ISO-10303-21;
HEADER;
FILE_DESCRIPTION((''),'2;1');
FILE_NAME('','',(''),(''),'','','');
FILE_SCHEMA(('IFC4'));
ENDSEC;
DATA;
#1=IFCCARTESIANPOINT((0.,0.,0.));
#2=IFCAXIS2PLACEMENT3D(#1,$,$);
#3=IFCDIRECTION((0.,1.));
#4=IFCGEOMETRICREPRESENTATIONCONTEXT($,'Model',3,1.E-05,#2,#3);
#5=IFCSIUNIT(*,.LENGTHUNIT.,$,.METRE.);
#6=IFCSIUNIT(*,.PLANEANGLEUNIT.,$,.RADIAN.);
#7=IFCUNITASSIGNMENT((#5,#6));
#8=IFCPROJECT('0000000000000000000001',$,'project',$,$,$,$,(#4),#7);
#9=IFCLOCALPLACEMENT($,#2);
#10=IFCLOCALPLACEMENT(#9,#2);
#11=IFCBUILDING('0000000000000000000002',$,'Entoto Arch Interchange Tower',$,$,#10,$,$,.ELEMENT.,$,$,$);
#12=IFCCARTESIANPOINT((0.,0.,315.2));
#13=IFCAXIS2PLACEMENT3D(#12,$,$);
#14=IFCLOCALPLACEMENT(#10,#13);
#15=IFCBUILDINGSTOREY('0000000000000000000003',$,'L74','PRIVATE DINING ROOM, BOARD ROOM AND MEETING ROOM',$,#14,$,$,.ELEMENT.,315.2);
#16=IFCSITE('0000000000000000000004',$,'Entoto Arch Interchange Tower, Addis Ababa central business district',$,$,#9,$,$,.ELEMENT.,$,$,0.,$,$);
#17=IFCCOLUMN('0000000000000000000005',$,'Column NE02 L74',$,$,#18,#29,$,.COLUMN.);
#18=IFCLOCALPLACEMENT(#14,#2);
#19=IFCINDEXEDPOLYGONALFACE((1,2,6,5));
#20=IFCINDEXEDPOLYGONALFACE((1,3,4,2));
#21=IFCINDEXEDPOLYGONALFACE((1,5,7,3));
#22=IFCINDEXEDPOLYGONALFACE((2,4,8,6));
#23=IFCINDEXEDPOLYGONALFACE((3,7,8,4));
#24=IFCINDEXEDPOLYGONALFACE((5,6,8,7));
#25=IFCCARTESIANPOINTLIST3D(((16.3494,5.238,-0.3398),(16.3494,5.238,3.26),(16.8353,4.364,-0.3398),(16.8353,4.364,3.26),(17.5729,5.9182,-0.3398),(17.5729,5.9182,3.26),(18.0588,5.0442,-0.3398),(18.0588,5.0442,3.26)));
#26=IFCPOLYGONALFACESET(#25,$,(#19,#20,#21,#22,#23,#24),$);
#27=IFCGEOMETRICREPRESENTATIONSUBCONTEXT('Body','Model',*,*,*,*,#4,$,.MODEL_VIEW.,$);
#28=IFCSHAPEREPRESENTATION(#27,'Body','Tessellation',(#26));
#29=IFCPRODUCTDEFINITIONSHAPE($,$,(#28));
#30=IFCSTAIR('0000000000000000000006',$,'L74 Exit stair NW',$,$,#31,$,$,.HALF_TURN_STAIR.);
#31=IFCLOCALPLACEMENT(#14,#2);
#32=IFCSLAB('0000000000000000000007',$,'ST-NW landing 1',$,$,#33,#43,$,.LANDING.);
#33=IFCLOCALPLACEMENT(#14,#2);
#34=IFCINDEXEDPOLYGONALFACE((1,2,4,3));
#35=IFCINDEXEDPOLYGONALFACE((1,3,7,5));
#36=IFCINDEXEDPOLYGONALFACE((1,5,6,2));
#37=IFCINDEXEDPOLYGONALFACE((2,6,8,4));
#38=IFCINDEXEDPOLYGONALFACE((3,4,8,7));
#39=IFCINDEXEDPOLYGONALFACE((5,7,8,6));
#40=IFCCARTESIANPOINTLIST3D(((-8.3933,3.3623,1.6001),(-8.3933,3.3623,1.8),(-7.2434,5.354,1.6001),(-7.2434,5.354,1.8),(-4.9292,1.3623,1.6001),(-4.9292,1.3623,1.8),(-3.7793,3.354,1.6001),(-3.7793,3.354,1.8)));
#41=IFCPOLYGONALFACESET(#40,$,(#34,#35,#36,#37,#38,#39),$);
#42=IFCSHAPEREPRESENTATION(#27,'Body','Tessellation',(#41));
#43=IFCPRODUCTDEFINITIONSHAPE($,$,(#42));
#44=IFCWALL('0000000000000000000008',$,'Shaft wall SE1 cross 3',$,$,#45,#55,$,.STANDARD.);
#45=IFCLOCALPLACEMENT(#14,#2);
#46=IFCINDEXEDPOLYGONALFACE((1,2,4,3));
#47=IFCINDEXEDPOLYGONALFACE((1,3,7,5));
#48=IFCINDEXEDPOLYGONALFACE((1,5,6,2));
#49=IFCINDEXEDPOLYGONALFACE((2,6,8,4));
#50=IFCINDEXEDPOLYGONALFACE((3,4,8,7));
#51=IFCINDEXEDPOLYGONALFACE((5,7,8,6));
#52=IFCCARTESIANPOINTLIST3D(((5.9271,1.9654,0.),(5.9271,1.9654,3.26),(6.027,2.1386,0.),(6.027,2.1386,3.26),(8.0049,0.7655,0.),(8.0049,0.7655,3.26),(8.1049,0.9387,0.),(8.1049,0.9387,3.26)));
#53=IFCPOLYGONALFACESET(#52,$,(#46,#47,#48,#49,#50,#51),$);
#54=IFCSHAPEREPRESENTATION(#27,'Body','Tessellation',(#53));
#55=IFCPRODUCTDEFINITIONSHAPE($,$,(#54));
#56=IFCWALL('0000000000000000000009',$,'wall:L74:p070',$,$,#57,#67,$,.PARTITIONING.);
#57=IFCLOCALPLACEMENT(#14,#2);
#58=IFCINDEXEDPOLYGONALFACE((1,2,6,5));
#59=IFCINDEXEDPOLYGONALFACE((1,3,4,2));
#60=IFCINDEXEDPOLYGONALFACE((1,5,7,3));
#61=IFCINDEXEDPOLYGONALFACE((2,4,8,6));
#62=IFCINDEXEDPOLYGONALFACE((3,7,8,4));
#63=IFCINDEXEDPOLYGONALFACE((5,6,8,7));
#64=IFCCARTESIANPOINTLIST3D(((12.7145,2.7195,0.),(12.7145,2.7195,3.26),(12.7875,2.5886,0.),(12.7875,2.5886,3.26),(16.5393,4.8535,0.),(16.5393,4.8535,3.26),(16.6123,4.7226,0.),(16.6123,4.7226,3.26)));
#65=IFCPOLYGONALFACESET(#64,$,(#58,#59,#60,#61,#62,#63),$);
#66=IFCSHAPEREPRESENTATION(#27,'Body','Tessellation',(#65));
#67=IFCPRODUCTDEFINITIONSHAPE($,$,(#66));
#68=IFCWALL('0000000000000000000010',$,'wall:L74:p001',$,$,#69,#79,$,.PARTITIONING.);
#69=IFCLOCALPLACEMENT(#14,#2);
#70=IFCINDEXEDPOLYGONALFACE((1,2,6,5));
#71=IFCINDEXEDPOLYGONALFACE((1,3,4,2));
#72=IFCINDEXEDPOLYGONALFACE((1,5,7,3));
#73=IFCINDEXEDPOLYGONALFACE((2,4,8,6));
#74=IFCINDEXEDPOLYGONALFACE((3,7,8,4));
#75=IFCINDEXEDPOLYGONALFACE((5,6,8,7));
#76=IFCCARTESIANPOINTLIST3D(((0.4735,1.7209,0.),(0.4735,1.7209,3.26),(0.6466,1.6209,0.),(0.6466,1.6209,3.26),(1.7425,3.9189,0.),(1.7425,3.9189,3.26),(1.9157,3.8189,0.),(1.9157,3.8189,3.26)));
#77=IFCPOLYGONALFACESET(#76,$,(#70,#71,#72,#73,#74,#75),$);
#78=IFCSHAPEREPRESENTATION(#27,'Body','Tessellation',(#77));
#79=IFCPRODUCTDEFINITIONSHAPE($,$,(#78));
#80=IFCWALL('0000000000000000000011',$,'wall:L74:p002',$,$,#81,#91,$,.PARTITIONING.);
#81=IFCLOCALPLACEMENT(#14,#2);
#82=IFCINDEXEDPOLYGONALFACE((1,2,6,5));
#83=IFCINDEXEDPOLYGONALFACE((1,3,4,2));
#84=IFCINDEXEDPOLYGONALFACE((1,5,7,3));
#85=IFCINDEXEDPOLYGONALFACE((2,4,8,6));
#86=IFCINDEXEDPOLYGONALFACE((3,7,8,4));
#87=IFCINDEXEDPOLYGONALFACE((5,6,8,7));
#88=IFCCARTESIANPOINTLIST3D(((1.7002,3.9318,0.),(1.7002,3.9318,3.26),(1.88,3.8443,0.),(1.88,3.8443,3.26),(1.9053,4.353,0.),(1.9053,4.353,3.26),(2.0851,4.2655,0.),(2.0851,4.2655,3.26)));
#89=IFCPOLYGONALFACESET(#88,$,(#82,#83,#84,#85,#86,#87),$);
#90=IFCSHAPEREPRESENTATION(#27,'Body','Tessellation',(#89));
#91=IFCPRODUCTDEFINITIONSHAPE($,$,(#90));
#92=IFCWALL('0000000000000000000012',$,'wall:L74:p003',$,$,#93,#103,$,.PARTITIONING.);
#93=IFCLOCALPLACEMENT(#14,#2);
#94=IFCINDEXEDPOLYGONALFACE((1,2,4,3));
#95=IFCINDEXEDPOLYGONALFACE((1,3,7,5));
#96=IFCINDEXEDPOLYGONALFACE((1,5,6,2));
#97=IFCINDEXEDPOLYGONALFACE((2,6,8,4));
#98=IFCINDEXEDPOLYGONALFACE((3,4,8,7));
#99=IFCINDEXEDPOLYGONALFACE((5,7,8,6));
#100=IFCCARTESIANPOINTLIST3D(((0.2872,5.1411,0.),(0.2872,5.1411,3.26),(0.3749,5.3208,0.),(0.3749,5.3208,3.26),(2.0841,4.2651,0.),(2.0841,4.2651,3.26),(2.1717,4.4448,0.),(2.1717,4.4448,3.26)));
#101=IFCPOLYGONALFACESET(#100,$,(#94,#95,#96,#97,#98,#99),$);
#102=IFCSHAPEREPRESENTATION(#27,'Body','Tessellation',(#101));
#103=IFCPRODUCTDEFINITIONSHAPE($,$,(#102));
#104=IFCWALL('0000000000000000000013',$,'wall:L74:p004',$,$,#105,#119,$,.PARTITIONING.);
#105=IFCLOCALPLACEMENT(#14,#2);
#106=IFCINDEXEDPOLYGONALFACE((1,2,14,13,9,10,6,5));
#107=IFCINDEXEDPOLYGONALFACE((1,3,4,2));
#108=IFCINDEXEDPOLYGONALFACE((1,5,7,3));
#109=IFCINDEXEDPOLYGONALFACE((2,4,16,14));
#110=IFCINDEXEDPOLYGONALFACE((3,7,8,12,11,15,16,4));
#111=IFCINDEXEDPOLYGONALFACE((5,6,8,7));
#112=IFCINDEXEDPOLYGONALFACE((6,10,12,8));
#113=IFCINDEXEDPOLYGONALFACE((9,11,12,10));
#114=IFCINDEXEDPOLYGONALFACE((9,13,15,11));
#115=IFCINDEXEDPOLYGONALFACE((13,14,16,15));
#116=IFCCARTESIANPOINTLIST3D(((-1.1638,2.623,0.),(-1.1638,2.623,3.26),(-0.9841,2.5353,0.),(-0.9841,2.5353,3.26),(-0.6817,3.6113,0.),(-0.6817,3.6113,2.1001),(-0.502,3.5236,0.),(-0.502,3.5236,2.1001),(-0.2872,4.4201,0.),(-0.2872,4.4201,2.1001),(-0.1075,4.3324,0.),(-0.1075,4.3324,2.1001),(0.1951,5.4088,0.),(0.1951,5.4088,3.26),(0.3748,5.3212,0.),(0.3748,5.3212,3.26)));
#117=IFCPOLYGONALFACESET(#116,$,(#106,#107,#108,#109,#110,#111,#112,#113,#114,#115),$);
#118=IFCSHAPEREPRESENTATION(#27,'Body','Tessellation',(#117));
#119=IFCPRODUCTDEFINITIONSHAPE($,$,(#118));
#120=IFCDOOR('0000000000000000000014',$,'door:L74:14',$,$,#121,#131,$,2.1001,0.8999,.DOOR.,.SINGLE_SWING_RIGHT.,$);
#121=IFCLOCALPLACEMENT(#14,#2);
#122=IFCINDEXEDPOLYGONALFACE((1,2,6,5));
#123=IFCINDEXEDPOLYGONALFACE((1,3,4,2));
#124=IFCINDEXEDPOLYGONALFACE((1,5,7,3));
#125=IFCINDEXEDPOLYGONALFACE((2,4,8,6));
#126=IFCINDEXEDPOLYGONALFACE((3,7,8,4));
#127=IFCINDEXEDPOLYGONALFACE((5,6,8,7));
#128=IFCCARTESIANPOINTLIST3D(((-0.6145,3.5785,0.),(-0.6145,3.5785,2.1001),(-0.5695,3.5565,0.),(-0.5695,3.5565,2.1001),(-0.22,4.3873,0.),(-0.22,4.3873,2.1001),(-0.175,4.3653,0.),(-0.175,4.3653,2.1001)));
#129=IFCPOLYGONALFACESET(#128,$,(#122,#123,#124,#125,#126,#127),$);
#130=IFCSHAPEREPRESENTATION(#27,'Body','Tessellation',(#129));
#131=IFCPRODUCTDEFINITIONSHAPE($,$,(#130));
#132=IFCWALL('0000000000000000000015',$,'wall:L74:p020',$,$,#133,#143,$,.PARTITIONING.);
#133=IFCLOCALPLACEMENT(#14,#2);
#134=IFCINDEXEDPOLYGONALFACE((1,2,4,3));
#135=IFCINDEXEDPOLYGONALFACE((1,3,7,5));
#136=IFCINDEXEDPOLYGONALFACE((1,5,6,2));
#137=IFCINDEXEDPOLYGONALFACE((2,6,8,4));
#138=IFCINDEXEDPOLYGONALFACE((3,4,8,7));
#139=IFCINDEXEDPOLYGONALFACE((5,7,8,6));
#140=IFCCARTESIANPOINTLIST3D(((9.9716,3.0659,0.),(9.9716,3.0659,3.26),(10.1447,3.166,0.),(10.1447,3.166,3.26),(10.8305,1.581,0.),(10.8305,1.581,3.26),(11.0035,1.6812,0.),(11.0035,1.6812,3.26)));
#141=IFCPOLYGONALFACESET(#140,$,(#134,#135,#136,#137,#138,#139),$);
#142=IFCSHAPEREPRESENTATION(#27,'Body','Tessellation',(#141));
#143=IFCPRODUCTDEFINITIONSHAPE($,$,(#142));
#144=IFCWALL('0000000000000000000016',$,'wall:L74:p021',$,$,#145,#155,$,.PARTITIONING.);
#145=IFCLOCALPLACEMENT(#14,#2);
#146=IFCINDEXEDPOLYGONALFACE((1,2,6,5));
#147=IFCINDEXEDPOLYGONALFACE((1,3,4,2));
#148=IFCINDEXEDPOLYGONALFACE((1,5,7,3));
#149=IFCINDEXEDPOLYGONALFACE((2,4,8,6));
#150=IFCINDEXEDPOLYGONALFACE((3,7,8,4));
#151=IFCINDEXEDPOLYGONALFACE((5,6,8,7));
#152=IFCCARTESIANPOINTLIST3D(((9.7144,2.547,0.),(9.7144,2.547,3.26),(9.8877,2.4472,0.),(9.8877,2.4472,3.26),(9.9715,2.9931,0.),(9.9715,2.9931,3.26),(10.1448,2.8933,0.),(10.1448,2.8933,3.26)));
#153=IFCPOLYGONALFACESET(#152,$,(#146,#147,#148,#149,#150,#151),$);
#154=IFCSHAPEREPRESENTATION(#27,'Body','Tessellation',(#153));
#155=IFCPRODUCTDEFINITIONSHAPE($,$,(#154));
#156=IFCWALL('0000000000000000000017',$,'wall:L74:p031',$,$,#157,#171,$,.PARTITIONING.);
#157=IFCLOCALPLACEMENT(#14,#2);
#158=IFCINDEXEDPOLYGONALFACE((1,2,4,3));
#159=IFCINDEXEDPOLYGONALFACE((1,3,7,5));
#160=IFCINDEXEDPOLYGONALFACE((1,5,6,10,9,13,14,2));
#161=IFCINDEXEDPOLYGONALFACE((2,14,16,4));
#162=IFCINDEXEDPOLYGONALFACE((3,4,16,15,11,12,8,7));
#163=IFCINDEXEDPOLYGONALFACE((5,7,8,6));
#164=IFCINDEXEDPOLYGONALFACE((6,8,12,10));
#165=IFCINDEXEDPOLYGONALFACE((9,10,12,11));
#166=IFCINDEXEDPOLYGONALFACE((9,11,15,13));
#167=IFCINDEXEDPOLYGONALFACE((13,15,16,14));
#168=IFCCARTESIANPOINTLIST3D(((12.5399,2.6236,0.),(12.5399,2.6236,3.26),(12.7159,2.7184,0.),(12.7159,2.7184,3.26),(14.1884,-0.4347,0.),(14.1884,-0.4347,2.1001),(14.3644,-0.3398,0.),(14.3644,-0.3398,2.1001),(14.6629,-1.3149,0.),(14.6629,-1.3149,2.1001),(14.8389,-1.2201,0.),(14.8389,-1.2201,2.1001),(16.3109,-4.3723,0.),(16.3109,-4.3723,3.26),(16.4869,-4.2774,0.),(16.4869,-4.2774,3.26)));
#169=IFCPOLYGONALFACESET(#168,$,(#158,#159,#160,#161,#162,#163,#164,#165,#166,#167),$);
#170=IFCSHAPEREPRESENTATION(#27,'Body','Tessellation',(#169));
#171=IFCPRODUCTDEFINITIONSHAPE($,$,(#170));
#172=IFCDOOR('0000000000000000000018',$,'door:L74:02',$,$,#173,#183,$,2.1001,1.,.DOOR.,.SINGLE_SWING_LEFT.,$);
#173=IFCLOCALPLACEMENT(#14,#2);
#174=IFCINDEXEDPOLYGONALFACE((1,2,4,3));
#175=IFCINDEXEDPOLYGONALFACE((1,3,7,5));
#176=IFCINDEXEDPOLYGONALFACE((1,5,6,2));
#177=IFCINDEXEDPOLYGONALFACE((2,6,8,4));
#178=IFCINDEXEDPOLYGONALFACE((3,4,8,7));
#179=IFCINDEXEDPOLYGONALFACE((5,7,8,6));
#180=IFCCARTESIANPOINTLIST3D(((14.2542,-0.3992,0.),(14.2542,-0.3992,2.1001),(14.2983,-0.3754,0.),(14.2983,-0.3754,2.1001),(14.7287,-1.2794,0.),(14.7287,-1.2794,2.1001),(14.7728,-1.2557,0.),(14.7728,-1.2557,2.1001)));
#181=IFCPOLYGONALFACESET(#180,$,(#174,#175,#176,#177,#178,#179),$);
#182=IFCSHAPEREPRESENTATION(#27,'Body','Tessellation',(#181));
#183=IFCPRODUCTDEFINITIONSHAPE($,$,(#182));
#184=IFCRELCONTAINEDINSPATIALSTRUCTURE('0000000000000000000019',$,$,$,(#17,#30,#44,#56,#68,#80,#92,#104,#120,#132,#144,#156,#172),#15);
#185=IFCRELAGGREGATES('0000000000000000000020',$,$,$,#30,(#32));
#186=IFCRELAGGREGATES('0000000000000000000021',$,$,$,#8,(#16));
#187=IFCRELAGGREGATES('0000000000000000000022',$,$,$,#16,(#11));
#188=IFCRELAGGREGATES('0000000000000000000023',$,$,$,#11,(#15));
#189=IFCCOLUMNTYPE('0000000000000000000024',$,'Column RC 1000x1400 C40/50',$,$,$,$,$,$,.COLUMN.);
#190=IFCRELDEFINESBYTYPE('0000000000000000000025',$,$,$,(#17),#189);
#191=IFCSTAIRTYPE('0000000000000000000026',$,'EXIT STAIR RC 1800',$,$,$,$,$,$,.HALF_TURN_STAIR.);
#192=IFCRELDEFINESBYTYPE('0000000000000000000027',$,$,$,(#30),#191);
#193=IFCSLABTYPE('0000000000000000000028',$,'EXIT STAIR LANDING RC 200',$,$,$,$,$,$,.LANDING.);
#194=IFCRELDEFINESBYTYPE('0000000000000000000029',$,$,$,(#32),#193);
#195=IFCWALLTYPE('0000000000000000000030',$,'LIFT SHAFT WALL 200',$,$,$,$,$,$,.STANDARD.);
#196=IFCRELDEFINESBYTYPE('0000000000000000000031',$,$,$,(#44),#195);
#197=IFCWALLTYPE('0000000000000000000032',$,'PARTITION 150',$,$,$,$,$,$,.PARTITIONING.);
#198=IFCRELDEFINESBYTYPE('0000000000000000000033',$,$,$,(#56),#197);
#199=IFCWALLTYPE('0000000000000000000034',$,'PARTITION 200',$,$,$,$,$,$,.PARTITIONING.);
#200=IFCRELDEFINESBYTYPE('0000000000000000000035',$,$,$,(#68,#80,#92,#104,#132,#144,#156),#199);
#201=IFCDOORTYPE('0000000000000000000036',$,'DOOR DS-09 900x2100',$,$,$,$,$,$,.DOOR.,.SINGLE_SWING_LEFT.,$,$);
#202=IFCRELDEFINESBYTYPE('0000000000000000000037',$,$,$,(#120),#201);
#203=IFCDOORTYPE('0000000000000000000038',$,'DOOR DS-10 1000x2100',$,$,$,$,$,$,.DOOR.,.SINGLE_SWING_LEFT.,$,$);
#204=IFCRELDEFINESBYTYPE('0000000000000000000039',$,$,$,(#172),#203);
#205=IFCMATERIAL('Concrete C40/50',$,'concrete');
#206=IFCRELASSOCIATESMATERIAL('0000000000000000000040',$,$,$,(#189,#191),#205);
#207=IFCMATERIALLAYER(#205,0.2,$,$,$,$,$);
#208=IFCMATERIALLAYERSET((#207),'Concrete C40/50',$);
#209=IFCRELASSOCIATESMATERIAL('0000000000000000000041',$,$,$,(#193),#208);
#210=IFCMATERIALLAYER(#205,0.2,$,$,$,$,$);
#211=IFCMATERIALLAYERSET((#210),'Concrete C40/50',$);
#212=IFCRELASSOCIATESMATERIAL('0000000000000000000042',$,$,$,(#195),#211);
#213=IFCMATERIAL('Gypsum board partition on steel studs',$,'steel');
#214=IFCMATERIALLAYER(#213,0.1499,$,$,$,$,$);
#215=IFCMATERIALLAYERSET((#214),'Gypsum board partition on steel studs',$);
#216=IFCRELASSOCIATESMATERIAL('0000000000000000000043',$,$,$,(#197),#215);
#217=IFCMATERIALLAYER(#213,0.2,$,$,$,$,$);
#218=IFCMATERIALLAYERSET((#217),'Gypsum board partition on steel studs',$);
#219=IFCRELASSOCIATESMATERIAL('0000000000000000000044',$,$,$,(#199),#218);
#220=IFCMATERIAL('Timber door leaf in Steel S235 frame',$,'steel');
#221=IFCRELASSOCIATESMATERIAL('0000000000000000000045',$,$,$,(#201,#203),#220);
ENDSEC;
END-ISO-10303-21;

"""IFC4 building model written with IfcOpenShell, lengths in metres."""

from ifc_helpers import new_model, si_unit, direction, frame, frame_2d, origin, origin_2d, place, context, subcontext, project, spatial, polyline, rectangle, outline, extrude, material, layer, layer_set, material_profile, profile_set, type_object, element, fill, aggregate, save


model = new_model("IFC4")

# Units and contexts
model_context = context("Model", 3, precision=1e-05, world=origin(), true_north=direction((0.0, 1.0)))
body_context = subcontext(model_context, "Body", "Model", "MODEL_VIEW")
ifc_project = project(units=[si_unit("LENGTHUNIT", "METRE"), si_unit("PLANEANGLEUNIT", "RADIAN")], contexts=[model_context])

# Site, building, storey
site_placement = place(None, origin())
site = spatial("IfcSite", under=ifc_project, at=site_placement, Name="Entoto Arch Interchange Tower, Addis Ababa central business district", CompositionType="ELEMENT", RefElevation=0.0)
building_placement = place(site_placement, origin())
building = spatial("IfcBuilding", under=site, at=building_placement, Name="Entoto Arch Interchange Tower", CompositionType="ELEMENT")
storey_placement = place(building_placement, frame((0.0, 0.0, 315.2)))
storey = spatial("IfcBuildingStorey", under=building, at=storey_placement, Name="L74", Description="PRIVATE DINING ROOM, BOARD ROOM AND MEETING ROOM", CompositionType="ELEMENT", Elevation=315.2)

# Column
ifc_material_1 = material(Name="Concrete C40/50", Category="concrete")
ifc_material_profile = material_profile(ifc_material_1, rectangle(XDim=1.0, YDim=1.3999, at=origin_2d()))
ifc_profile_set = profile_set([ifc_material_profile], Name="Concrete C40/50")
column_type = type_object("IfcColumnType", Name="Column RC 1000x1400 C40/50", PredefinedType="COLUMN", material=ifc_profile_set)
column_placement = place(storey_placement, frame((17.2041, 5.1411, -0.3398), z_axis=(0.0, 0.0, 1.0), x_axis=(-0.485924, 0.874001, 0.0)))
element("IfcColumn", 1, at=column_placement, inside=storey, type_object=column_type, Name="Column NE02 L74", PredefinedType="COLUMN", context=body_context, shape_type="SweptSolid", body=[
    extrude(rectangle(XDim=1.0, YDim=1.3999, at=origin_2d()), origin(), (0.0, 0.0, 1.0), 3.5999),
])

# Stair, slab
stair_type = type_object("IfcStairType", Name="EXIT STAIR RC 1800", PredefinedType="HALF_TURN_STAIR", material=ifc_material_1)
stair_1_placement = place(storey_placement, origin())
stair_1 = element("IfcStair", 2, at=stair_1_placement, inside=storey, type_object=stair_type, Name="L74 Exit stair NW", PredefinedType="HALF_TURN_STAIR")
ifc_layer_1 = layer(ifc_material_1, 0.2)
ifc_layer_set_1 = layer_set([ifc_layer_1], Name="Concrete C40/50")
slab_type = type_object("IfcSlabType", Name="EXIT STAIR LANDING RC 200", PredefinedType="LANDING", material=ifc_layer_set_1)
slab_placement = place(storey_placement, frame((0.0, 0.0, 1.6001)))
slab = element("IfcSlab", 3, at=slab_placement, type_object=slab_type, Name="ST-NW landing 1", PredefinedType="LANDING", context=body_context, shape_type="SweptSolid", body=[
    extrude(outline(polyline([(-7.2434, 5.354), (-8.3933, 3.3623), (-4.9292, 1.3623), (-3.7793, 3.354), (-7.2434, 5.354)])), origin(), (0.0, 0.0, 1.0), 0.2),
])
aggregate(stair_1, [slab])

# Walls
ifc_layer_2 = layer(ifc_material_1, 0.2)
ifc_layer_set_2 = layer_set([ifc_layer_2], Name="Concrete C40/50")
wall_type_1 = type_object("IfcWallType", Name="LIFT SHAFT WALL 200", PredefinedType="STANDARD", material=ifc_layer_set_2)
wall_1_placement = place(storey_placement, frame((5.9771, 2.052, 0.0), z_axis=(0.0, 0.0, 1.0), x_axis=(0.865974, -0.500089, 0.0)))
element("IfcWall", 4, at=wall_1_placement, inside=storey, type_object=wall_type_1, Name="Shaft wall SE1 cross 3", PredefinedType="STANDARD", context=body_context, shape_type="SweptSolid", body=[
    extrude(rectangle(XDim=2.3994, YDim=0.2, at=frame_2d((1.1997, 0.0))), origin(), (0.0, 0.0, 1.0), 3.26),
])
ifc_material_2 = material(Name="Gypsum board partition on steel studs", Category="steel")
ifc_layer_3 = layer(ifc_material_2, 0.1499)
ifc_layer_set_3 = layer_set([ifc_layer_3], Name="Gypsum board partition on steel studs")
wall_type_2 = type_object("IfcWallType", Name="PARTITION 150", PredefinedType="PARTITIONING", material=ifc_layer_set_3)
wall_2_placement = place(storey_placement, frame((12.751, 2.6541, 0.0), z_axis=(0.0, 0.0, 1.0), x_axis=(0.873278, 0.487223, 0.0)))
element("IfcWall", 5, at=wall_2_placement, inside=storey, type_object=wall_type_2, Name="wall:L74:p070", PredefinedType="PARTITIONING", context=body_context, shape_type="SweptSolid", body=[
    extrude(rectangle(XDim=4.3799, YDim=0.1499, at=frame_2d((2.1899, 0.0))), origin(), (0.0, 0.0, 1.0), 3.26),
])
ifc_layer_4 = layer(ifc_material_2, 0.2)
ifc_layer_set_4 = layer_set([ifc_layer_4], Name="Gypsum board partition on steel studs")
wall_type_3 = type_object("IfcWallType", Name="PARTITION 200", PredefinedType="PARTITIONING", material=ifc_layer_set_4)
wall_3_placement = place(storey_placement, frame((0.5601, 1.6709, 0.0), z_axis=(0.0, 0.0, 1.0), x_axis=(0.500008, 0.866021, 0.0)))
element("IfcWall", 6, at=wall_3_placement, inside=storey, type_object=wall_type_3, Name="wall:L74:p001", PredefinedType="PARTITIONING", context=body_context, shape_type="SweptSolid", body=[
    extrude(rectangle(XDim=2.5381, YDim=0.2, at=frame_2d((1.269, 0.0))), origin(), (0.0, 0.0, 1.0), 3.26),
])
wall_4_placement = place(storey_placement, frame((1.79, 3.8879, 0.0), z_axis=(0.0, 0.0, 1.0), x_axis=(0.437807, 0.899069, 0.0)))
element("IfcWall", 7, at=wall_4_placement, inside=storey, type_object=wall_type_3, Name="wall:L74:p002", PredefinedType="PARTITIONING", context=body_context, shape_type="SweptSolid", body=[
    extrude(rectangle(XDim=0.4685, YDim=0.2, at=frame_2d((0.2344, 0.0))), origin(), (0.0, 0.0, 1.0), 3.26),
])
wall_5_placement = place(storey_placement, frame((2.1279, 4.355, 0.0), z_axis=(0.0, 0.0, 1.0), x_axis=(-0.898876, 0.438202, 0.0)))
element("IfcWall", 8, at=wall_5_placement, inside=storey, type_object=wall_type_3, Name="wall:L74:p003", PredefinedType="PARTITIONING", context=body_context, shape_type="SweptSolid", body=[
    extrude(rectangle(XDim=1.999, YDim=0.2, at=frame_2d((0.9995, 0.0))), origin(), (0.0, 0.0, 1.0), 3.26),
])

# Wall, opening, door
wall_6_placement = place(storey_placement, frame((0.2849, 5.365, 0.0), z_axis=(0.0, 0.0, 1.0), x_axis=(-0.438402, -0.898779, 0.0)))
wall_6 = element("IfcWall", 9, at=wall_6_placement, inside=storey, type_object=wall_type_3, Name="wall:L74:p004", PredefinedType="PARTITIONING", context=body_context, shape_type="SweptSolid", body=[
    extrude(rectangle(XDim=3.0996, YDim=0.2, at=frame_2d((1.5498, 0.0))), origin(), (0.0, 0.0, 1.0), 3.26),
])
opening_1_placement = place(wall_6_placement, frame((1.1001, 0.0, 0.0)))
opening_1 = element("IfcOpeningElement", 10, at=opening_1_placement, cuts=wall_6, PredefinedType="OPENING", context=body_context, shape_type="SweptSolid", body=[
    extrude(rectangle(XDim=0.8999, YDim=2.1001, at=frame_2d((0.45, 1.05))), frame((0.0, 0.1099, 0.0), z_axis=(0.0, -1.0, 0.0), x_axis=(1.0, 0.0, 0.0)), (0.0, 0.0, 1.0), 0.22),
])
ifc_material_3 = material(Name="Timber door leaf in Steel S235 frame", Category="steel")
door_type_1 = type_object("IfcDoorType", Name="DOOR DS-09 900x2100", OperationType="SINGLE_SWING_LEFT", PredefinedType="DOOR", material=ifc_material_3)
door_1_placement = place(opening_1_placement, origin())
door_1 = element("IfcDoor", 11, at=door_1_placement, inside=storey, type_object=door_type_1, Name="door:L74:14", OperationType="SINGLE_SWING_RIGHT", OverallHeight=2.1001, OverallWidth=0.8999, PredefinedType="DOOR", context=body_context, shape_type="SweptSolid", body=[
    extrude(rectangle(XDim=0.8999, YDim=2.1001, at=frame_2d((0.45, 1.05))), frame((0.0, 0.0249, 0.0), z_axis=(0.0, -1.0, 0.0), x_axis=(1.0, 0.0, 0.0)), (0.0, 0.0, 1.0), 0.05),
])
fill(opening_1, door_1)

# Walls
wall_7_placement = place(storey_placement, frame((10.917, 1.6311, 0.0), z_axis=(0.0, 0.0, 1.0), x_axis=(-0.5007, 0.865621, 0.0)))
element("IfcWall", 12, at=wall_7_placement, inside=storey, type_object=wall_type_3, Name="wall:L74:p020", PredefinedType="PARTITIONING", context=body_context, shape_type="SweptSolid", body=[
    extrude(rectangle(XDim=1.7153, YDim=0.2, at=frame_2d((0.8577, 0.0))), origin(), (0.0, 0.0, 1.0), 3.26),
])
wall_8_placement = place(storey_placement, frame((10.0581, 2.9431, 0.0), z_axis=(0.0, 0.0, 1.0), x_axis=(-0.499353, -0.866399, 0.0)))
element("IfcWall", 13, at=wall_8_placement, inside=storey, type_object=wall_type_3, Name="wall:L74:p021", PredefinedType="PARTITIONING", context=body_context, shape_type="SweptSolid", body=[
    extrude(rectangle(XDim=0.5149, YDim=0.2, at=frame_2d((0.2573, 0.0))), origin(), (0.0, 0.0, 1.0), 3.26),
])

# Wall, opening, door
wall_9_placement = place(storey_placement, frame((12.6279, 2.6709, 0.0), z_axis=(0.0, 0.0, 1.0), x_axis=(0.47449, -0.880261, 0.0)))
wall_9 = element("IfcWall", 14, at=wall_9_placement, inside=storey, type_object=wall_type_3, Name="wall:L74:p031", PredefinedType="PARTITIONING", context=body_context, shape_type="SweptSolid", body=[
    extrude(rectangle(XDim=7.9475, YDim=0.2, at=frame_2d((3.9736, 0.0))), origin(), (0.0, 0.0, 1.0), 3.26),
])
opening_2_placement = place(wall_9_placement, frame((3.4741, 0.0, 0.0)))
opening_2 = element("IfcOpeningElement", 15, at=opening_2_placement, cuts=wall_9, PredefinedType="OPENING", context=body_context, shape_type="SweptSolid", body=[
    extrude(rectangle(XDim=1.0, YDim=2.1001, at=frame_2d((0.5, 1.05))), frame((0.0, 0.1099, 0.0), z_axis=(0.0, -1.0, 0.0), x_axis=(1.0, 0.0, 0.0)), (0.0, 0.0, 1.0), 0.22),
])
door_type_2 = type_object("IfcDoorType", Name="DOOR DS-10 1000x2100", OperationType="SINGLE_SWING_LEFT", PredefinedType="DOOR", material=ifc_material_3)
door_2_placement = place(opening_2_placement, origin())
door_2 = element("IfcDoor", 16, at=door_2_placement, inside=storey, type_object=door_type_2, Name="door:L74:02", OperationType="SINGLE_SWING_LEFT", OverallHeight=2.1001, OverallWidth=1.0, PredefinedType="DOOR", context=body_context, shape_type="SweptSolid", body=[
    extrude(rectangle(XDim=1.0, YDim=2.1001, at=frame_2d((0.5, 1.05))), frame((0.0, 0.0249, 0.0), z_axis=(0.0, -1.0, 0.0), x_axis=(1.0, 0.0, 0.0)), (0.0, 0.0, 1.0), 0.05),
])
fill(opening_2, door_2)

save(model, "model.ifc")
